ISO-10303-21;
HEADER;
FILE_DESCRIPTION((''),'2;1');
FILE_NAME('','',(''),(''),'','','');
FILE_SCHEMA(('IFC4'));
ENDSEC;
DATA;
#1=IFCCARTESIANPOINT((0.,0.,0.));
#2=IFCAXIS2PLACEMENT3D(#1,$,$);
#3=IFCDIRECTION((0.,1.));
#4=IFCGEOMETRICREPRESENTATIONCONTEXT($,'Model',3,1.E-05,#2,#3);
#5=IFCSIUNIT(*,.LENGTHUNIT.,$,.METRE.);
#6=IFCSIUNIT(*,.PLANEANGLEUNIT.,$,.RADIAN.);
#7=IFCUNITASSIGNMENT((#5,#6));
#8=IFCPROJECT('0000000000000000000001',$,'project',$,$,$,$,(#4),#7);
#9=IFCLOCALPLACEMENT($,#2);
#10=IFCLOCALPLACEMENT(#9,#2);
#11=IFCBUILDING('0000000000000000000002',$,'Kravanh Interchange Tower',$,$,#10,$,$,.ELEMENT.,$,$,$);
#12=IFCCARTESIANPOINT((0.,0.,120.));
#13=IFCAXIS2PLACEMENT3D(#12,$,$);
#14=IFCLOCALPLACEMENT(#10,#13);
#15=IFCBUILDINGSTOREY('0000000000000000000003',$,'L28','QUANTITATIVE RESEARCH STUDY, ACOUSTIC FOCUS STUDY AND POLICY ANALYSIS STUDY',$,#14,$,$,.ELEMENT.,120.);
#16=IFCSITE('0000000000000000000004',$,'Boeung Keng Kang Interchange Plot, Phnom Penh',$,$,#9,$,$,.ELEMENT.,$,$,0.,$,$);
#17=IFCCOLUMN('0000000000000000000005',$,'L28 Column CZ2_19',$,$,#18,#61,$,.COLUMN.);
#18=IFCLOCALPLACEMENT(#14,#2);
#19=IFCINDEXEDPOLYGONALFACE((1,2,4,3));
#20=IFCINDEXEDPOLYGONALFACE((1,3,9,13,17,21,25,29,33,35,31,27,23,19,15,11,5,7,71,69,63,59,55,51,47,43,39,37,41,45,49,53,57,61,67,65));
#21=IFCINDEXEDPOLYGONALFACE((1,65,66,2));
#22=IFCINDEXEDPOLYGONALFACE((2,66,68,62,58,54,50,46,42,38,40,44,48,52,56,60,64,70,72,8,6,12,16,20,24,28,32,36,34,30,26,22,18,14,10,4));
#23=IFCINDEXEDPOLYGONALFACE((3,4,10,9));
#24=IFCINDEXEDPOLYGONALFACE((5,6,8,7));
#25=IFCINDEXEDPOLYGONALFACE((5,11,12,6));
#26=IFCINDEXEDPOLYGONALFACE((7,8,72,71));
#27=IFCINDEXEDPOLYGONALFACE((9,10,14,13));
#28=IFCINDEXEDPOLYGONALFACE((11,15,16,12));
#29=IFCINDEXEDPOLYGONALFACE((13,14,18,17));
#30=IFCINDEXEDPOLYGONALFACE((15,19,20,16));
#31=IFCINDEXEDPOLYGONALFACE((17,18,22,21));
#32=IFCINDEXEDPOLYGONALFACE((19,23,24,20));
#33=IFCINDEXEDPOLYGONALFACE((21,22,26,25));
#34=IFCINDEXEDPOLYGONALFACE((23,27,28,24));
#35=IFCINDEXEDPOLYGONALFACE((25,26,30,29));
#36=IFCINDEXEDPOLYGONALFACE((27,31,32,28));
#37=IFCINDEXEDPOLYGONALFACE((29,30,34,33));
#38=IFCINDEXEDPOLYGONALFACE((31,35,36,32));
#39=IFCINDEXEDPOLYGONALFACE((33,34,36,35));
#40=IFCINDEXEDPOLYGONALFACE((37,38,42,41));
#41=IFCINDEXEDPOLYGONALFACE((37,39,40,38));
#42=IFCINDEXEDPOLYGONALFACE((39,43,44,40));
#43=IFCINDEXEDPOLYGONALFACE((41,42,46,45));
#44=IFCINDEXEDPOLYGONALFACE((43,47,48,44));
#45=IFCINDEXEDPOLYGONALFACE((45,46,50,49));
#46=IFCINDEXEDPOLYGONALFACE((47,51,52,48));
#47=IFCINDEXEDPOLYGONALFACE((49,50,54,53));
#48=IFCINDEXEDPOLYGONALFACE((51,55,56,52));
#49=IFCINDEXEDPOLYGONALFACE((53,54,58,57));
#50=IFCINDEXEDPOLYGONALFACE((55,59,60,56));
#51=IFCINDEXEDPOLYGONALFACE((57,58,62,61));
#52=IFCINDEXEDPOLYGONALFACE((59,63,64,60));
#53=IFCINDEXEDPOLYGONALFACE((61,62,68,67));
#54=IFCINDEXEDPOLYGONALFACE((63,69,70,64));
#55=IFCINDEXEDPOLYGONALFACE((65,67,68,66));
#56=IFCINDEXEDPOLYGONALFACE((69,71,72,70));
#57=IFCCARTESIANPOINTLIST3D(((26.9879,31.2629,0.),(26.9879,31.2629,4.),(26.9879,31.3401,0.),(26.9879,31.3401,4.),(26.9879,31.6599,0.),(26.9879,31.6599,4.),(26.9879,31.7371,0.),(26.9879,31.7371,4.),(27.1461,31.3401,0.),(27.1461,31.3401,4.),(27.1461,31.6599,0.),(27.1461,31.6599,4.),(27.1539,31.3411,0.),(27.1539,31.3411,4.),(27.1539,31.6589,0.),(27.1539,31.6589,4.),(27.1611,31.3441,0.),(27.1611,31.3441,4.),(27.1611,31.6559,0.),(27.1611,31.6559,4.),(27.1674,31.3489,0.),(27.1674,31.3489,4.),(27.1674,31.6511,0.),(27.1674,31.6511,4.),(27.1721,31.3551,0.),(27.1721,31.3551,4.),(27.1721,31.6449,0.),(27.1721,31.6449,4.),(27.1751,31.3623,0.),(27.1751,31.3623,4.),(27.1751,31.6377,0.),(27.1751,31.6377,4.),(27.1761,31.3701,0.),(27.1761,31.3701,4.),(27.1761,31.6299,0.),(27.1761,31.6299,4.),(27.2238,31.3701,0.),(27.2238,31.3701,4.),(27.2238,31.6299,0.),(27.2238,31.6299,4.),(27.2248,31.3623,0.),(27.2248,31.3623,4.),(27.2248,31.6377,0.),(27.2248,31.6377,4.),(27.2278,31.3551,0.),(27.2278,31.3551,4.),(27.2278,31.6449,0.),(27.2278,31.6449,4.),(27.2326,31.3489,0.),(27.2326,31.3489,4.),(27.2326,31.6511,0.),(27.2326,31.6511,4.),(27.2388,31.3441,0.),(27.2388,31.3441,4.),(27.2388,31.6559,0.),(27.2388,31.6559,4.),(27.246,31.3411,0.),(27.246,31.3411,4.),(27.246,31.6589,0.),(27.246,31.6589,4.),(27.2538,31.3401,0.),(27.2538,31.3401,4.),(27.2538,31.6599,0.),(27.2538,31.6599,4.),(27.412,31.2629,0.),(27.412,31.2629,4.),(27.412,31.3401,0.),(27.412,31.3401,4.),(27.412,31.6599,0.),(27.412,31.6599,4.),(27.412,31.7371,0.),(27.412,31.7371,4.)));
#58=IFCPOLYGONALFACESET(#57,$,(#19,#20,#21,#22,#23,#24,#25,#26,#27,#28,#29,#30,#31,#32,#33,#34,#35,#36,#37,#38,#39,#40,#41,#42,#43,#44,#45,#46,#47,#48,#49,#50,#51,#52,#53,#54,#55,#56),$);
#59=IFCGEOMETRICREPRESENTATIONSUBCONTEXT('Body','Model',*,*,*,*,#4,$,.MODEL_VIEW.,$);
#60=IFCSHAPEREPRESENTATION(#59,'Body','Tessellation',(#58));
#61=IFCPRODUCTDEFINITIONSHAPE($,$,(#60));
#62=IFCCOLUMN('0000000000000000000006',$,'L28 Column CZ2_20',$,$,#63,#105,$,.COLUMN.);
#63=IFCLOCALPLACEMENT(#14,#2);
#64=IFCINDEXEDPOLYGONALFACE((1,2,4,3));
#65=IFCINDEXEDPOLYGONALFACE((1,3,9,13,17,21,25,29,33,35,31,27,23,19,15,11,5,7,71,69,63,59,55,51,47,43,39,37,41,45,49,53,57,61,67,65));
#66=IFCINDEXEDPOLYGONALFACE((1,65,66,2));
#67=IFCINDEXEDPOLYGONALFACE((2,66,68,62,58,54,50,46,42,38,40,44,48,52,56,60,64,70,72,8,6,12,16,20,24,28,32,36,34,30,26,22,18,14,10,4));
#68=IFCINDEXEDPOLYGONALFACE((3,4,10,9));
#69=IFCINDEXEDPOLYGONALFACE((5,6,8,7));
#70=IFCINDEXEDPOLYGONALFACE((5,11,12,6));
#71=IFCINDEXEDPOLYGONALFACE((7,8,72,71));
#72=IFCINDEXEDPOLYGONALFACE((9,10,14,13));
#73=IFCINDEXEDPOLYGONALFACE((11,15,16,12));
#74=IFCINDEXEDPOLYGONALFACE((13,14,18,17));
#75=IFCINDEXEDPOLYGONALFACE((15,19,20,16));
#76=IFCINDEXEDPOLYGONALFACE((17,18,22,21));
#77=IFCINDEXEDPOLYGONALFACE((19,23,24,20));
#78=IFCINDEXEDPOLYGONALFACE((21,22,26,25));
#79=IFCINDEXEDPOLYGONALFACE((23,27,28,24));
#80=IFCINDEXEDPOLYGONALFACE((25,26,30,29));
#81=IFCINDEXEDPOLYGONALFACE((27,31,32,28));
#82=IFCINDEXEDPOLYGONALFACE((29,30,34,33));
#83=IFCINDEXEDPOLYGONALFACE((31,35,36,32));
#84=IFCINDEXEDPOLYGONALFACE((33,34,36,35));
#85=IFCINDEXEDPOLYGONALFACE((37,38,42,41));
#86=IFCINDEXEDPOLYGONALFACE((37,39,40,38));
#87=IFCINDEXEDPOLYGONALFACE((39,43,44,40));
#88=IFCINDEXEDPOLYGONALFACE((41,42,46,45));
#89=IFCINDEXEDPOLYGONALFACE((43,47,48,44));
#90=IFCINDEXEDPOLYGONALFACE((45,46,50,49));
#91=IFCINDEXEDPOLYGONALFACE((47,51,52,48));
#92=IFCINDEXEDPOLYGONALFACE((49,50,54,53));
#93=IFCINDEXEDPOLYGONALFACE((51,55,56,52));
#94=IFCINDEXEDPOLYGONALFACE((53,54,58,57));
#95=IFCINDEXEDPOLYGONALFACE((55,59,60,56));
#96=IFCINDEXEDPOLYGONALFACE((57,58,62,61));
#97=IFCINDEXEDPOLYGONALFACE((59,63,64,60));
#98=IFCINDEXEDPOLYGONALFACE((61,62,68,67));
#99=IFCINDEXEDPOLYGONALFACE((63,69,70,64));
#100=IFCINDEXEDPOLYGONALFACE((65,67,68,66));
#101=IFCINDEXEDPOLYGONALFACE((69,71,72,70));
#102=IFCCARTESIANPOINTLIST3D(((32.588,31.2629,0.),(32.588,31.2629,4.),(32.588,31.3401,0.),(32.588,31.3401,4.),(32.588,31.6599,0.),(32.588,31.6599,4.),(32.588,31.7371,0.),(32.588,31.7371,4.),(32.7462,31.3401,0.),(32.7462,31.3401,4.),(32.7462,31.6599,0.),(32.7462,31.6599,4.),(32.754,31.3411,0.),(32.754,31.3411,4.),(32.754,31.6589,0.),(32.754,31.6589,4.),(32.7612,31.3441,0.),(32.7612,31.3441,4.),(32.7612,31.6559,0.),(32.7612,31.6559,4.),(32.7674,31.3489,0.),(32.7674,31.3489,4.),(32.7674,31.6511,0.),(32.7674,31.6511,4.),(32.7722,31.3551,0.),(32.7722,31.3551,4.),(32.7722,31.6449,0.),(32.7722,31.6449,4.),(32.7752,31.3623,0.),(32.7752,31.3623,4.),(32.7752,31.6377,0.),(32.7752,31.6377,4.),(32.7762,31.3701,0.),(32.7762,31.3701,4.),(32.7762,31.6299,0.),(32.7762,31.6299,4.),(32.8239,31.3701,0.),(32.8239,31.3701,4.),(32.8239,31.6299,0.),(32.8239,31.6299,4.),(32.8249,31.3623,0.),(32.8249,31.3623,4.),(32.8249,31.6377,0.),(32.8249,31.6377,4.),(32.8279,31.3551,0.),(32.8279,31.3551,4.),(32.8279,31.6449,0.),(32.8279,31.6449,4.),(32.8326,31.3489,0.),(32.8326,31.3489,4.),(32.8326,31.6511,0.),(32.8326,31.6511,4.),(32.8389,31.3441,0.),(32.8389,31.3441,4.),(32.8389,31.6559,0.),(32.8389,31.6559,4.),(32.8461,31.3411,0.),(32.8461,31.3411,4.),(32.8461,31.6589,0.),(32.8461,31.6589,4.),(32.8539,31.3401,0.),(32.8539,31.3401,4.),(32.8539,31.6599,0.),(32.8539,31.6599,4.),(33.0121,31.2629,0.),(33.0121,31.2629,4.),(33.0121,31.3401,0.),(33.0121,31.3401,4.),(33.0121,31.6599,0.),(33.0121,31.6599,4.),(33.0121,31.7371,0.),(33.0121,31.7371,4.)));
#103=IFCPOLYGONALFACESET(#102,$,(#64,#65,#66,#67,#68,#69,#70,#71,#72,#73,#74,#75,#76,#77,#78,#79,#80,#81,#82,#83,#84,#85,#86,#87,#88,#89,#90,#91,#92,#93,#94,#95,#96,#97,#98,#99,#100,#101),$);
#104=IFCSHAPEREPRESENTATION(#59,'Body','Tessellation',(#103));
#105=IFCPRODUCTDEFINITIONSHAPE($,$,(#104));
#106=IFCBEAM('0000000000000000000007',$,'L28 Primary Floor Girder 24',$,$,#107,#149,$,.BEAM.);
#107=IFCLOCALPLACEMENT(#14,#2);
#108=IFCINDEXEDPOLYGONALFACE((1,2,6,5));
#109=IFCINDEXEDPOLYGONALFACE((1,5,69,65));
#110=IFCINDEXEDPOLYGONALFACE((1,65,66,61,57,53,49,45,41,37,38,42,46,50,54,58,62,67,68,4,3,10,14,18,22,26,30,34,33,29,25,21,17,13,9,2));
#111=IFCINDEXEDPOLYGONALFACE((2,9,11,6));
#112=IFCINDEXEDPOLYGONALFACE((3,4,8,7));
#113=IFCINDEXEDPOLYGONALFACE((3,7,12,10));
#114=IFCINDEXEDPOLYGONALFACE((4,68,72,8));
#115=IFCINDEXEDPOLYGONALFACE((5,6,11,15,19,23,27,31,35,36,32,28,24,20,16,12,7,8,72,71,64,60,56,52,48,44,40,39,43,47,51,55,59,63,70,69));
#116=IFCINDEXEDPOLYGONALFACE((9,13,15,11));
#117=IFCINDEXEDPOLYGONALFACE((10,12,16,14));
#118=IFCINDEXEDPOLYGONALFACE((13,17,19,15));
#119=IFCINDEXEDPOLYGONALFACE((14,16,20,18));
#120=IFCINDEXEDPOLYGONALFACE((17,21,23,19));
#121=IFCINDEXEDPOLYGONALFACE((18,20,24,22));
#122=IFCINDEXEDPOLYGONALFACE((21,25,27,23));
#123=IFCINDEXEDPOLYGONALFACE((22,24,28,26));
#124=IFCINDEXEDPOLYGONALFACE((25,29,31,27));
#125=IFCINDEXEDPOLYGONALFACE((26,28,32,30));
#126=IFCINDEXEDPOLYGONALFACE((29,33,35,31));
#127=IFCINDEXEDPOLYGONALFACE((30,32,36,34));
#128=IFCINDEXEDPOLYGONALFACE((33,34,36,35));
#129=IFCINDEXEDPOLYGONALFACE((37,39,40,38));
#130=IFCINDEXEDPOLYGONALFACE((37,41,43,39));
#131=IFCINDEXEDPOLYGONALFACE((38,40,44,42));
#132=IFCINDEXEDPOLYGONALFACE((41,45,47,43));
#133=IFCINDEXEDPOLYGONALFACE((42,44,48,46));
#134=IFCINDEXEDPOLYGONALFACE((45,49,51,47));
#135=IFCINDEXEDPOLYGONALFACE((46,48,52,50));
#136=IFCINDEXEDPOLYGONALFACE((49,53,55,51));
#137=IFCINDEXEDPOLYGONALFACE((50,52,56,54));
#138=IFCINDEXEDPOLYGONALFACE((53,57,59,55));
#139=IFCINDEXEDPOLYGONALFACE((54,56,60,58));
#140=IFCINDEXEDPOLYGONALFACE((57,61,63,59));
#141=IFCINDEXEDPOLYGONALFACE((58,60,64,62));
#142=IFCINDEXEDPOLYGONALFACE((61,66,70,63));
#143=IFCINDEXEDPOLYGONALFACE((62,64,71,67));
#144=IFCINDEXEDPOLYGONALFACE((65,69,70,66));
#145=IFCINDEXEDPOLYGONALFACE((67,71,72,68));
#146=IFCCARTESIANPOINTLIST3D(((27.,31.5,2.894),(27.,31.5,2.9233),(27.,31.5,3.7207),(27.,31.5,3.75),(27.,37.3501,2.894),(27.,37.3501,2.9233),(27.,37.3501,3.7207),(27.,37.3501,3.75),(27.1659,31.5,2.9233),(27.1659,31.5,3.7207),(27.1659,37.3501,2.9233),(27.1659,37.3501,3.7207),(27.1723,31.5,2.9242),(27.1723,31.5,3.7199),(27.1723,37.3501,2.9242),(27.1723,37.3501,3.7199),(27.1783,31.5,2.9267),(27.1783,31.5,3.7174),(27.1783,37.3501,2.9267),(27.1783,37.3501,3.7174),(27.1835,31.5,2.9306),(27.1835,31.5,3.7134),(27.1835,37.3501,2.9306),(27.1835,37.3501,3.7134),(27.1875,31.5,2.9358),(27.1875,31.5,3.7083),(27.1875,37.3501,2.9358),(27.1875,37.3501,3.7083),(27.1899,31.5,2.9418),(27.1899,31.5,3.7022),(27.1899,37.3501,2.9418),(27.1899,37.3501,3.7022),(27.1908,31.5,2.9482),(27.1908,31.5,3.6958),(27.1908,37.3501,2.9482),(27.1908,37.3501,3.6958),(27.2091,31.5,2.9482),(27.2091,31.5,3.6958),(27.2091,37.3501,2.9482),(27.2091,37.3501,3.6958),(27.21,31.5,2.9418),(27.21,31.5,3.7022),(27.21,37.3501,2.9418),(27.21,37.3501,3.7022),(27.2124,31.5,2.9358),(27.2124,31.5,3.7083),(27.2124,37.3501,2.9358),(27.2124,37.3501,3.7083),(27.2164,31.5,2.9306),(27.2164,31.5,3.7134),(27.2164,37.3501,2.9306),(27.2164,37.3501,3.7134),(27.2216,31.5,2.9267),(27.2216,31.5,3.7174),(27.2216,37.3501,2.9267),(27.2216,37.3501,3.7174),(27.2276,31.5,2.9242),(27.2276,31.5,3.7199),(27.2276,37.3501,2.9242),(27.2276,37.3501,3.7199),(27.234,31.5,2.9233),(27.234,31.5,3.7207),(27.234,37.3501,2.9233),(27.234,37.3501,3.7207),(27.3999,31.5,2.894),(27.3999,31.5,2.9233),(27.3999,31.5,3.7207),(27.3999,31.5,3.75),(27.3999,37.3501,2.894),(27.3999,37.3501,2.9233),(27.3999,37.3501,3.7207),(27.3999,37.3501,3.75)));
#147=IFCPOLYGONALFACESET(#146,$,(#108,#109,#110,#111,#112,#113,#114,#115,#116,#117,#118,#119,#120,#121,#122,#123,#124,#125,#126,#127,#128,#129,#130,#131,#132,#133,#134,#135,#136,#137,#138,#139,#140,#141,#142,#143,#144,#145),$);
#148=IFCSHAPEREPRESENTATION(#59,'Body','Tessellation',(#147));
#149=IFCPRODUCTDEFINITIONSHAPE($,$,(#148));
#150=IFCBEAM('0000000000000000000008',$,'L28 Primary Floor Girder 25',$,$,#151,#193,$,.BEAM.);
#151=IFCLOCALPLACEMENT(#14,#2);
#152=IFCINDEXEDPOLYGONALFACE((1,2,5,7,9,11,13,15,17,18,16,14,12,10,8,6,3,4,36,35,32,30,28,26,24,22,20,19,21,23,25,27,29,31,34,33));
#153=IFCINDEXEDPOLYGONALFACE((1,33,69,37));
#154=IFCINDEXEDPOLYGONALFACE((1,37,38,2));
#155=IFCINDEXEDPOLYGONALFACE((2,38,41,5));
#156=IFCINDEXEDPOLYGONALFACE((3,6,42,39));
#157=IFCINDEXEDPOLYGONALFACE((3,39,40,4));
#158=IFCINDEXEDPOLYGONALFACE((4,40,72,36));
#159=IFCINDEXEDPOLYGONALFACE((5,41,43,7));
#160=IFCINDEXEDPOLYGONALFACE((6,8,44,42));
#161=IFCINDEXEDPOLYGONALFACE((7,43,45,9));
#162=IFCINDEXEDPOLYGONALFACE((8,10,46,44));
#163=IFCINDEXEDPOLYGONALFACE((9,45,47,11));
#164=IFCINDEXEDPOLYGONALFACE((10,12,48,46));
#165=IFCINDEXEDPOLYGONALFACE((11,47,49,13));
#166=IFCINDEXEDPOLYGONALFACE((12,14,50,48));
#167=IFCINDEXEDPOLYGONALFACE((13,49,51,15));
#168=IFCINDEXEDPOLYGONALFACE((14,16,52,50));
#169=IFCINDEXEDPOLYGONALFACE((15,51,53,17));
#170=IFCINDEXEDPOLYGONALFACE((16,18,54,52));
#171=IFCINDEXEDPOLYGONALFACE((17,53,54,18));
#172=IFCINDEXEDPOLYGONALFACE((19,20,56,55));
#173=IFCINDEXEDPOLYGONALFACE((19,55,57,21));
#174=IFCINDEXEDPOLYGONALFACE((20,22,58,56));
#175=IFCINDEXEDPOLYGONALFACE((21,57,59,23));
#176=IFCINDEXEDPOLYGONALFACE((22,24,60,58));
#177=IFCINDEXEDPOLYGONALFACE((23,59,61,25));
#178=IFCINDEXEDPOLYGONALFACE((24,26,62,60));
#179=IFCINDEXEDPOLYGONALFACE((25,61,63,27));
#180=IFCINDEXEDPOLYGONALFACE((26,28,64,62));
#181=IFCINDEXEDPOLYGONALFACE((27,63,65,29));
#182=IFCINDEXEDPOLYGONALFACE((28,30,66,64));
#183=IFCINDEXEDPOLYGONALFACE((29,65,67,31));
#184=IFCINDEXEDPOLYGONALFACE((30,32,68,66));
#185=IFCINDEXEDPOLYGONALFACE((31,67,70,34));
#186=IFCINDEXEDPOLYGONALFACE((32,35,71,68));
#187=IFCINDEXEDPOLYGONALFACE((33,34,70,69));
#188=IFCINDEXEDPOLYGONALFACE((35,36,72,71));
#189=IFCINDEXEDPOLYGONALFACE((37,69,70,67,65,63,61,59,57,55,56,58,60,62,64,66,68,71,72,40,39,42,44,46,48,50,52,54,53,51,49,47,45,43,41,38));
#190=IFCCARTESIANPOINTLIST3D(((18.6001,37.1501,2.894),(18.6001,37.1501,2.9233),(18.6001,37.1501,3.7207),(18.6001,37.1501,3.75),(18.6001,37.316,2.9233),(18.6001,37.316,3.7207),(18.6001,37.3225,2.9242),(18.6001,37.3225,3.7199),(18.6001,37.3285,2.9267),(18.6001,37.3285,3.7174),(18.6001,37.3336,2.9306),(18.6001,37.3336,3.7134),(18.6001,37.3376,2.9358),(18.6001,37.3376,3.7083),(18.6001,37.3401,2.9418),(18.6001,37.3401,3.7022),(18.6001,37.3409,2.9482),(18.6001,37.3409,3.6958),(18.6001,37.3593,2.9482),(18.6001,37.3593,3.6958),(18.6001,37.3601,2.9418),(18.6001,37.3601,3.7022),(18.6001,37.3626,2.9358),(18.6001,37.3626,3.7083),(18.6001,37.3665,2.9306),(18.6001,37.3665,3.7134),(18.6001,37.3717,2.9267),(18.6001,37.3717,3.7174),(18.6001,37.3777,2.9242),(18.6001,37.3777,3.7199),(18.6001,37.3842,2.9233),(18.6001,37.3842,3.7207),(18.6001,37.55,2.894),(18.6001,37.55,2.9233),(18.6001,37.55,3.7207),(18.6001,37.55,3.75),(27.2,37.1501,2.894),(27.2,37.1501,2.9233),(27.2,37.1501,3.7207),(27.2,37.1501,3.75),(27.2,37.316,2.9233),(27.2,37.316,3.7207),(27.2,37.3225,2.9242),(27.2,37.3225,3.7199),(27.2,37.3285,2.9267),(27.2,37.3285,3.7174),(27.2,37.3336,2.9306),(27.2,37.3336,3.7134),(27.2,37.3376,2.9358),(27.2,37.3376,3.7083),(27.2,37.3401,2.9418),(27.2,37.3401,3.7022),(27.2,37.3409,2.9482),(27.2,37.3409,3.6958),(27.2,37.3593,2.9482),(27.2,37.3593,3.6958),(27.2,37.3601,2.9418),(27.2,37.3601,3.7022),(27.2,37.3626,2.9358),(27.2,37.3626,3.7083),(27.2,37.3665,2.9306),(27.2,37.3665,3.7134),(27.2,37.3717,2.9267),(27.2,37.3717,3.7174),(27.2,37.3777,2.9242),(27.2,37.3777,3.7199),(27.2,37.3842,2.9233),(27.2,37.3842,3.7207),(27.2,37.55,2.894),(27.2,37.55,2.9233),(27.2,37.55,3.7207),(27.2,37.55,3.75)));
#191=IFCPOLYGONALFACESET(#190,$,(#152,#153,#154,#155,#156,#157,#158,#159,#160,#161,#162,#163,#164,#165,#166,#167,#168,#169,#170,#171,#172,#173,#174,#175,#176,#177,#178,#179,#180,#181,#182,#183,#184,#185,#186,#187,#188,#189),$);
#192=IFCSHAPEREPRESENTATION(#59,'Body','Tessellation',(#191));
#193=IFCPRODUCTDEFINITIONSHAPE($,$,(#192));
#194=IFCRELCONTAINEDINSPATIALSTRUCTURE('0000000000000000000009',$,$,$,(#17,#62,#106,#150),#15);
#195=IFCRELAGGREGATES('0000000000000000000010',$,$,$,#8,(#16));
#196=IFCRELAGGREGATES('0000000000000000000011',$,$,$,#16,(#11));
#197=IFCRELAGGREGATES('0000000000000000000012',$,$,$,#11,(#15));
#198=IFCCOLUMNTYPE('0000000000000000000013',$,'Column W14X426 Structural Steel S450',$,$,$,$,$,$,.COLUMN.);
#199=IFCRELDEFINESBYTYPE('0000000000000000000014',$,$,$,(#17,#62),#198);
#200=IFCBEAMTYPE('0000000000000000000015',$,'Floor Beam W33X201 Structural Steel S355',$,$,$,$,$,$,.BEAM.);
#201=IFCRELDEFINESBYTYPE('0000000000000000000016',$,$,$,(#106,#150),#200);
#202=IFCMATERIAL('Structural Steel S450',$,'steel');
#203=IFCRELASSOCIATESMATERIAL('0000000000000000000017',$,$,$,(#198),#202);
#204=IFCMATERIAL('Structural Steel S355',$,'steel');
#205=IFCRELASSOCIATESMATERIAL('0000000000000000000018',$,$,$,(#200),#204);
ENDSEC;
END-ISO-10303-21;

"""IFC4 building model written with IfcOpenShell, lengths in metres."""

from ifc_helpers import new_model, si_unit, direction, frame, origin, origin_2d, place, context, subcontext, project, spatial, i_section, extrude, material, material_profile, profile_set, type_object, element, save


model = new_model("IFC4")

# Units and contexts
model_context = context("Model", 3, precision=1e-05, world=origin(), true_north=direction((0.0, 1.0)))
body_context = subcontext(model_context, "Body", "Model", "MODEL_VIEW")
ifc_project = project(units=[si_unit("LENGTHUNIT", "METRE"), si_unit("PLANEANGLEUNIT", "RADIAN")], contexts=[model_context])

# Site, building, storey
site_placement = place(None, origin())
site = spatial("IfcSite", under=ifc_project, at=site_placement, Name="Boeung Keng Kang Interchange Plot, Phnom Penh", CompositionType="ELEMENT", RefElevation=0.0)
building_placement = place(site_placement, origin())
building = spatial("IfcBuilding", under=site, at=building_placement, Name="Kravanh Interchange Tower", CompositionType="ELEMENT")
storey_placement = place(building_placement, frame((0.0, 0.0, 120.0)))
storey = spatial("IfcBuildingStorey", under=building, at=storey_placement, Name="L28", Description="QUANTITATIVE RESEARCH STUDY, ACOUSTIC FOCUS STUDY AND POLICY ANALYSIS STUDY", CompositionType="ELEMENT", Elevation=120.0)

# Columns
ifc_material_1 = material(Name="Structural Steel S450", Category="steel")
ifc_material_profile_1 = material_profile(ifc_material_1, i_section(OverallWidth=0.4241, OverallDepth=0.4741, WebThickness=0.0476, FlangeThickness=0.0771, FilletRadius=0.03, at=origin_2d()), Name="W14X426")
ifc_profile_set_1 = profile_set([ifc_material_profile_1], Name="Structural Steel S450")
column_type_1 = type_object("IfcColumnType", Name="Column W14X426 Structural Steel S450", PredefinedType="COLUMN", material=ifc_profile_set_1)
for number, where, z_axis, x_axis, name in (
    (1, (27.2, 31.5, 0.0), (0.0, 0.0, 1.0), (1.0, 0.0, 0.0), "L28 Column CZ2_19"),
    (2, (32.8, 31.5, 0.0), (0.0, 0.0, 1.0), (1.0, 0.0, 0.0), "L28 Column CZ2_20"),
):
    element("IfcColumn", number, at=place(storey_placement, frame(where, z_axis=z_axis, x_axis=x_axis)), inside=storey, type_object=column_type_1, Name=name, PredefinedType="COLUMN", context=body_context, shape_type="SweptSolid", body=[
        extrude(i_section(OverallWidth=0.4241, OverallDepth=0.4741, WebThickness=0.0476, FlangeThickness=0.0771, FilletRadius=0.03, at=origin_2d()), origin(), (0.0, 0.0, 1.0), 4.0),
    ])

# Beams
ifc_material_2 = material(Name="Structural Steel S355", Category="steel")
ifc_material_profile_2 = material_profile(ifc_material_2, i_section(OverallWidth=0.3999, OverallDepth=0.856, WebThickness=0.0183, FlangeThickness=0.0293, FilletRadius=0.0249, at=origin_2d()), Name="W33X201")
ifc_profile_set_2 = profile_set([ifc_material_profile_2], Name="Structural Steel S355")
beam_type_1 = type_object("IfcBeamType", Name="Floor Beam W33X201 Structural Steel S355", PredefinedType="BEAM", material=ifc_profile_set_2)
beam_1_placement = place(storey_placement, frame((27.2, 37.3501, 3.322), z_axis=(0.0, -1.0, 0.0), x_axis=(1.0, 0.0, 0.0)))
element("IfcBeam", 3, at=beam_1_placement, inside=storey, type_object=beam_type_1, Name="L28 Primary Floor Girder 24", PredefinedType="BEAM", context=body_context, shape_type="SweptSolid", body=[
    extrude(i_section(OverallWidth=0.3999, OverallDepth=0.856, WebThickness=0.0183, FlangeThickness=0.0293, FilletRadius=0.0249, at=origin_2d()), origin(), (0.0, 0.0, 1.0), 5.8501),
])
beam_2_placement = place(storey_placement, frame((27.2, 37.3501, 3.322), z_axis=(-1.0, 0.0, 0.0), x_axis=(0.0, -1.0, 0.0)))
element("IfcBeam", 4, at=beam_2_placement, inside=storey, type_object=beam_type_1, Name="L28 Primary Floor Girder 25", PredefinedType="BEAM", context=body_context, shape_type="SweptSolid", body=[
    extrude(i_section(OverallWidth=0.3999, OverallDepth=0.856, WebThickness=0.0183, FlangeThickness=0.0293, FilletRadius=0.0249, at=origin_2d()), origin(), (0.0, 0.0, 1.0), 8.5999),
])

save(model, "model.ifc")
